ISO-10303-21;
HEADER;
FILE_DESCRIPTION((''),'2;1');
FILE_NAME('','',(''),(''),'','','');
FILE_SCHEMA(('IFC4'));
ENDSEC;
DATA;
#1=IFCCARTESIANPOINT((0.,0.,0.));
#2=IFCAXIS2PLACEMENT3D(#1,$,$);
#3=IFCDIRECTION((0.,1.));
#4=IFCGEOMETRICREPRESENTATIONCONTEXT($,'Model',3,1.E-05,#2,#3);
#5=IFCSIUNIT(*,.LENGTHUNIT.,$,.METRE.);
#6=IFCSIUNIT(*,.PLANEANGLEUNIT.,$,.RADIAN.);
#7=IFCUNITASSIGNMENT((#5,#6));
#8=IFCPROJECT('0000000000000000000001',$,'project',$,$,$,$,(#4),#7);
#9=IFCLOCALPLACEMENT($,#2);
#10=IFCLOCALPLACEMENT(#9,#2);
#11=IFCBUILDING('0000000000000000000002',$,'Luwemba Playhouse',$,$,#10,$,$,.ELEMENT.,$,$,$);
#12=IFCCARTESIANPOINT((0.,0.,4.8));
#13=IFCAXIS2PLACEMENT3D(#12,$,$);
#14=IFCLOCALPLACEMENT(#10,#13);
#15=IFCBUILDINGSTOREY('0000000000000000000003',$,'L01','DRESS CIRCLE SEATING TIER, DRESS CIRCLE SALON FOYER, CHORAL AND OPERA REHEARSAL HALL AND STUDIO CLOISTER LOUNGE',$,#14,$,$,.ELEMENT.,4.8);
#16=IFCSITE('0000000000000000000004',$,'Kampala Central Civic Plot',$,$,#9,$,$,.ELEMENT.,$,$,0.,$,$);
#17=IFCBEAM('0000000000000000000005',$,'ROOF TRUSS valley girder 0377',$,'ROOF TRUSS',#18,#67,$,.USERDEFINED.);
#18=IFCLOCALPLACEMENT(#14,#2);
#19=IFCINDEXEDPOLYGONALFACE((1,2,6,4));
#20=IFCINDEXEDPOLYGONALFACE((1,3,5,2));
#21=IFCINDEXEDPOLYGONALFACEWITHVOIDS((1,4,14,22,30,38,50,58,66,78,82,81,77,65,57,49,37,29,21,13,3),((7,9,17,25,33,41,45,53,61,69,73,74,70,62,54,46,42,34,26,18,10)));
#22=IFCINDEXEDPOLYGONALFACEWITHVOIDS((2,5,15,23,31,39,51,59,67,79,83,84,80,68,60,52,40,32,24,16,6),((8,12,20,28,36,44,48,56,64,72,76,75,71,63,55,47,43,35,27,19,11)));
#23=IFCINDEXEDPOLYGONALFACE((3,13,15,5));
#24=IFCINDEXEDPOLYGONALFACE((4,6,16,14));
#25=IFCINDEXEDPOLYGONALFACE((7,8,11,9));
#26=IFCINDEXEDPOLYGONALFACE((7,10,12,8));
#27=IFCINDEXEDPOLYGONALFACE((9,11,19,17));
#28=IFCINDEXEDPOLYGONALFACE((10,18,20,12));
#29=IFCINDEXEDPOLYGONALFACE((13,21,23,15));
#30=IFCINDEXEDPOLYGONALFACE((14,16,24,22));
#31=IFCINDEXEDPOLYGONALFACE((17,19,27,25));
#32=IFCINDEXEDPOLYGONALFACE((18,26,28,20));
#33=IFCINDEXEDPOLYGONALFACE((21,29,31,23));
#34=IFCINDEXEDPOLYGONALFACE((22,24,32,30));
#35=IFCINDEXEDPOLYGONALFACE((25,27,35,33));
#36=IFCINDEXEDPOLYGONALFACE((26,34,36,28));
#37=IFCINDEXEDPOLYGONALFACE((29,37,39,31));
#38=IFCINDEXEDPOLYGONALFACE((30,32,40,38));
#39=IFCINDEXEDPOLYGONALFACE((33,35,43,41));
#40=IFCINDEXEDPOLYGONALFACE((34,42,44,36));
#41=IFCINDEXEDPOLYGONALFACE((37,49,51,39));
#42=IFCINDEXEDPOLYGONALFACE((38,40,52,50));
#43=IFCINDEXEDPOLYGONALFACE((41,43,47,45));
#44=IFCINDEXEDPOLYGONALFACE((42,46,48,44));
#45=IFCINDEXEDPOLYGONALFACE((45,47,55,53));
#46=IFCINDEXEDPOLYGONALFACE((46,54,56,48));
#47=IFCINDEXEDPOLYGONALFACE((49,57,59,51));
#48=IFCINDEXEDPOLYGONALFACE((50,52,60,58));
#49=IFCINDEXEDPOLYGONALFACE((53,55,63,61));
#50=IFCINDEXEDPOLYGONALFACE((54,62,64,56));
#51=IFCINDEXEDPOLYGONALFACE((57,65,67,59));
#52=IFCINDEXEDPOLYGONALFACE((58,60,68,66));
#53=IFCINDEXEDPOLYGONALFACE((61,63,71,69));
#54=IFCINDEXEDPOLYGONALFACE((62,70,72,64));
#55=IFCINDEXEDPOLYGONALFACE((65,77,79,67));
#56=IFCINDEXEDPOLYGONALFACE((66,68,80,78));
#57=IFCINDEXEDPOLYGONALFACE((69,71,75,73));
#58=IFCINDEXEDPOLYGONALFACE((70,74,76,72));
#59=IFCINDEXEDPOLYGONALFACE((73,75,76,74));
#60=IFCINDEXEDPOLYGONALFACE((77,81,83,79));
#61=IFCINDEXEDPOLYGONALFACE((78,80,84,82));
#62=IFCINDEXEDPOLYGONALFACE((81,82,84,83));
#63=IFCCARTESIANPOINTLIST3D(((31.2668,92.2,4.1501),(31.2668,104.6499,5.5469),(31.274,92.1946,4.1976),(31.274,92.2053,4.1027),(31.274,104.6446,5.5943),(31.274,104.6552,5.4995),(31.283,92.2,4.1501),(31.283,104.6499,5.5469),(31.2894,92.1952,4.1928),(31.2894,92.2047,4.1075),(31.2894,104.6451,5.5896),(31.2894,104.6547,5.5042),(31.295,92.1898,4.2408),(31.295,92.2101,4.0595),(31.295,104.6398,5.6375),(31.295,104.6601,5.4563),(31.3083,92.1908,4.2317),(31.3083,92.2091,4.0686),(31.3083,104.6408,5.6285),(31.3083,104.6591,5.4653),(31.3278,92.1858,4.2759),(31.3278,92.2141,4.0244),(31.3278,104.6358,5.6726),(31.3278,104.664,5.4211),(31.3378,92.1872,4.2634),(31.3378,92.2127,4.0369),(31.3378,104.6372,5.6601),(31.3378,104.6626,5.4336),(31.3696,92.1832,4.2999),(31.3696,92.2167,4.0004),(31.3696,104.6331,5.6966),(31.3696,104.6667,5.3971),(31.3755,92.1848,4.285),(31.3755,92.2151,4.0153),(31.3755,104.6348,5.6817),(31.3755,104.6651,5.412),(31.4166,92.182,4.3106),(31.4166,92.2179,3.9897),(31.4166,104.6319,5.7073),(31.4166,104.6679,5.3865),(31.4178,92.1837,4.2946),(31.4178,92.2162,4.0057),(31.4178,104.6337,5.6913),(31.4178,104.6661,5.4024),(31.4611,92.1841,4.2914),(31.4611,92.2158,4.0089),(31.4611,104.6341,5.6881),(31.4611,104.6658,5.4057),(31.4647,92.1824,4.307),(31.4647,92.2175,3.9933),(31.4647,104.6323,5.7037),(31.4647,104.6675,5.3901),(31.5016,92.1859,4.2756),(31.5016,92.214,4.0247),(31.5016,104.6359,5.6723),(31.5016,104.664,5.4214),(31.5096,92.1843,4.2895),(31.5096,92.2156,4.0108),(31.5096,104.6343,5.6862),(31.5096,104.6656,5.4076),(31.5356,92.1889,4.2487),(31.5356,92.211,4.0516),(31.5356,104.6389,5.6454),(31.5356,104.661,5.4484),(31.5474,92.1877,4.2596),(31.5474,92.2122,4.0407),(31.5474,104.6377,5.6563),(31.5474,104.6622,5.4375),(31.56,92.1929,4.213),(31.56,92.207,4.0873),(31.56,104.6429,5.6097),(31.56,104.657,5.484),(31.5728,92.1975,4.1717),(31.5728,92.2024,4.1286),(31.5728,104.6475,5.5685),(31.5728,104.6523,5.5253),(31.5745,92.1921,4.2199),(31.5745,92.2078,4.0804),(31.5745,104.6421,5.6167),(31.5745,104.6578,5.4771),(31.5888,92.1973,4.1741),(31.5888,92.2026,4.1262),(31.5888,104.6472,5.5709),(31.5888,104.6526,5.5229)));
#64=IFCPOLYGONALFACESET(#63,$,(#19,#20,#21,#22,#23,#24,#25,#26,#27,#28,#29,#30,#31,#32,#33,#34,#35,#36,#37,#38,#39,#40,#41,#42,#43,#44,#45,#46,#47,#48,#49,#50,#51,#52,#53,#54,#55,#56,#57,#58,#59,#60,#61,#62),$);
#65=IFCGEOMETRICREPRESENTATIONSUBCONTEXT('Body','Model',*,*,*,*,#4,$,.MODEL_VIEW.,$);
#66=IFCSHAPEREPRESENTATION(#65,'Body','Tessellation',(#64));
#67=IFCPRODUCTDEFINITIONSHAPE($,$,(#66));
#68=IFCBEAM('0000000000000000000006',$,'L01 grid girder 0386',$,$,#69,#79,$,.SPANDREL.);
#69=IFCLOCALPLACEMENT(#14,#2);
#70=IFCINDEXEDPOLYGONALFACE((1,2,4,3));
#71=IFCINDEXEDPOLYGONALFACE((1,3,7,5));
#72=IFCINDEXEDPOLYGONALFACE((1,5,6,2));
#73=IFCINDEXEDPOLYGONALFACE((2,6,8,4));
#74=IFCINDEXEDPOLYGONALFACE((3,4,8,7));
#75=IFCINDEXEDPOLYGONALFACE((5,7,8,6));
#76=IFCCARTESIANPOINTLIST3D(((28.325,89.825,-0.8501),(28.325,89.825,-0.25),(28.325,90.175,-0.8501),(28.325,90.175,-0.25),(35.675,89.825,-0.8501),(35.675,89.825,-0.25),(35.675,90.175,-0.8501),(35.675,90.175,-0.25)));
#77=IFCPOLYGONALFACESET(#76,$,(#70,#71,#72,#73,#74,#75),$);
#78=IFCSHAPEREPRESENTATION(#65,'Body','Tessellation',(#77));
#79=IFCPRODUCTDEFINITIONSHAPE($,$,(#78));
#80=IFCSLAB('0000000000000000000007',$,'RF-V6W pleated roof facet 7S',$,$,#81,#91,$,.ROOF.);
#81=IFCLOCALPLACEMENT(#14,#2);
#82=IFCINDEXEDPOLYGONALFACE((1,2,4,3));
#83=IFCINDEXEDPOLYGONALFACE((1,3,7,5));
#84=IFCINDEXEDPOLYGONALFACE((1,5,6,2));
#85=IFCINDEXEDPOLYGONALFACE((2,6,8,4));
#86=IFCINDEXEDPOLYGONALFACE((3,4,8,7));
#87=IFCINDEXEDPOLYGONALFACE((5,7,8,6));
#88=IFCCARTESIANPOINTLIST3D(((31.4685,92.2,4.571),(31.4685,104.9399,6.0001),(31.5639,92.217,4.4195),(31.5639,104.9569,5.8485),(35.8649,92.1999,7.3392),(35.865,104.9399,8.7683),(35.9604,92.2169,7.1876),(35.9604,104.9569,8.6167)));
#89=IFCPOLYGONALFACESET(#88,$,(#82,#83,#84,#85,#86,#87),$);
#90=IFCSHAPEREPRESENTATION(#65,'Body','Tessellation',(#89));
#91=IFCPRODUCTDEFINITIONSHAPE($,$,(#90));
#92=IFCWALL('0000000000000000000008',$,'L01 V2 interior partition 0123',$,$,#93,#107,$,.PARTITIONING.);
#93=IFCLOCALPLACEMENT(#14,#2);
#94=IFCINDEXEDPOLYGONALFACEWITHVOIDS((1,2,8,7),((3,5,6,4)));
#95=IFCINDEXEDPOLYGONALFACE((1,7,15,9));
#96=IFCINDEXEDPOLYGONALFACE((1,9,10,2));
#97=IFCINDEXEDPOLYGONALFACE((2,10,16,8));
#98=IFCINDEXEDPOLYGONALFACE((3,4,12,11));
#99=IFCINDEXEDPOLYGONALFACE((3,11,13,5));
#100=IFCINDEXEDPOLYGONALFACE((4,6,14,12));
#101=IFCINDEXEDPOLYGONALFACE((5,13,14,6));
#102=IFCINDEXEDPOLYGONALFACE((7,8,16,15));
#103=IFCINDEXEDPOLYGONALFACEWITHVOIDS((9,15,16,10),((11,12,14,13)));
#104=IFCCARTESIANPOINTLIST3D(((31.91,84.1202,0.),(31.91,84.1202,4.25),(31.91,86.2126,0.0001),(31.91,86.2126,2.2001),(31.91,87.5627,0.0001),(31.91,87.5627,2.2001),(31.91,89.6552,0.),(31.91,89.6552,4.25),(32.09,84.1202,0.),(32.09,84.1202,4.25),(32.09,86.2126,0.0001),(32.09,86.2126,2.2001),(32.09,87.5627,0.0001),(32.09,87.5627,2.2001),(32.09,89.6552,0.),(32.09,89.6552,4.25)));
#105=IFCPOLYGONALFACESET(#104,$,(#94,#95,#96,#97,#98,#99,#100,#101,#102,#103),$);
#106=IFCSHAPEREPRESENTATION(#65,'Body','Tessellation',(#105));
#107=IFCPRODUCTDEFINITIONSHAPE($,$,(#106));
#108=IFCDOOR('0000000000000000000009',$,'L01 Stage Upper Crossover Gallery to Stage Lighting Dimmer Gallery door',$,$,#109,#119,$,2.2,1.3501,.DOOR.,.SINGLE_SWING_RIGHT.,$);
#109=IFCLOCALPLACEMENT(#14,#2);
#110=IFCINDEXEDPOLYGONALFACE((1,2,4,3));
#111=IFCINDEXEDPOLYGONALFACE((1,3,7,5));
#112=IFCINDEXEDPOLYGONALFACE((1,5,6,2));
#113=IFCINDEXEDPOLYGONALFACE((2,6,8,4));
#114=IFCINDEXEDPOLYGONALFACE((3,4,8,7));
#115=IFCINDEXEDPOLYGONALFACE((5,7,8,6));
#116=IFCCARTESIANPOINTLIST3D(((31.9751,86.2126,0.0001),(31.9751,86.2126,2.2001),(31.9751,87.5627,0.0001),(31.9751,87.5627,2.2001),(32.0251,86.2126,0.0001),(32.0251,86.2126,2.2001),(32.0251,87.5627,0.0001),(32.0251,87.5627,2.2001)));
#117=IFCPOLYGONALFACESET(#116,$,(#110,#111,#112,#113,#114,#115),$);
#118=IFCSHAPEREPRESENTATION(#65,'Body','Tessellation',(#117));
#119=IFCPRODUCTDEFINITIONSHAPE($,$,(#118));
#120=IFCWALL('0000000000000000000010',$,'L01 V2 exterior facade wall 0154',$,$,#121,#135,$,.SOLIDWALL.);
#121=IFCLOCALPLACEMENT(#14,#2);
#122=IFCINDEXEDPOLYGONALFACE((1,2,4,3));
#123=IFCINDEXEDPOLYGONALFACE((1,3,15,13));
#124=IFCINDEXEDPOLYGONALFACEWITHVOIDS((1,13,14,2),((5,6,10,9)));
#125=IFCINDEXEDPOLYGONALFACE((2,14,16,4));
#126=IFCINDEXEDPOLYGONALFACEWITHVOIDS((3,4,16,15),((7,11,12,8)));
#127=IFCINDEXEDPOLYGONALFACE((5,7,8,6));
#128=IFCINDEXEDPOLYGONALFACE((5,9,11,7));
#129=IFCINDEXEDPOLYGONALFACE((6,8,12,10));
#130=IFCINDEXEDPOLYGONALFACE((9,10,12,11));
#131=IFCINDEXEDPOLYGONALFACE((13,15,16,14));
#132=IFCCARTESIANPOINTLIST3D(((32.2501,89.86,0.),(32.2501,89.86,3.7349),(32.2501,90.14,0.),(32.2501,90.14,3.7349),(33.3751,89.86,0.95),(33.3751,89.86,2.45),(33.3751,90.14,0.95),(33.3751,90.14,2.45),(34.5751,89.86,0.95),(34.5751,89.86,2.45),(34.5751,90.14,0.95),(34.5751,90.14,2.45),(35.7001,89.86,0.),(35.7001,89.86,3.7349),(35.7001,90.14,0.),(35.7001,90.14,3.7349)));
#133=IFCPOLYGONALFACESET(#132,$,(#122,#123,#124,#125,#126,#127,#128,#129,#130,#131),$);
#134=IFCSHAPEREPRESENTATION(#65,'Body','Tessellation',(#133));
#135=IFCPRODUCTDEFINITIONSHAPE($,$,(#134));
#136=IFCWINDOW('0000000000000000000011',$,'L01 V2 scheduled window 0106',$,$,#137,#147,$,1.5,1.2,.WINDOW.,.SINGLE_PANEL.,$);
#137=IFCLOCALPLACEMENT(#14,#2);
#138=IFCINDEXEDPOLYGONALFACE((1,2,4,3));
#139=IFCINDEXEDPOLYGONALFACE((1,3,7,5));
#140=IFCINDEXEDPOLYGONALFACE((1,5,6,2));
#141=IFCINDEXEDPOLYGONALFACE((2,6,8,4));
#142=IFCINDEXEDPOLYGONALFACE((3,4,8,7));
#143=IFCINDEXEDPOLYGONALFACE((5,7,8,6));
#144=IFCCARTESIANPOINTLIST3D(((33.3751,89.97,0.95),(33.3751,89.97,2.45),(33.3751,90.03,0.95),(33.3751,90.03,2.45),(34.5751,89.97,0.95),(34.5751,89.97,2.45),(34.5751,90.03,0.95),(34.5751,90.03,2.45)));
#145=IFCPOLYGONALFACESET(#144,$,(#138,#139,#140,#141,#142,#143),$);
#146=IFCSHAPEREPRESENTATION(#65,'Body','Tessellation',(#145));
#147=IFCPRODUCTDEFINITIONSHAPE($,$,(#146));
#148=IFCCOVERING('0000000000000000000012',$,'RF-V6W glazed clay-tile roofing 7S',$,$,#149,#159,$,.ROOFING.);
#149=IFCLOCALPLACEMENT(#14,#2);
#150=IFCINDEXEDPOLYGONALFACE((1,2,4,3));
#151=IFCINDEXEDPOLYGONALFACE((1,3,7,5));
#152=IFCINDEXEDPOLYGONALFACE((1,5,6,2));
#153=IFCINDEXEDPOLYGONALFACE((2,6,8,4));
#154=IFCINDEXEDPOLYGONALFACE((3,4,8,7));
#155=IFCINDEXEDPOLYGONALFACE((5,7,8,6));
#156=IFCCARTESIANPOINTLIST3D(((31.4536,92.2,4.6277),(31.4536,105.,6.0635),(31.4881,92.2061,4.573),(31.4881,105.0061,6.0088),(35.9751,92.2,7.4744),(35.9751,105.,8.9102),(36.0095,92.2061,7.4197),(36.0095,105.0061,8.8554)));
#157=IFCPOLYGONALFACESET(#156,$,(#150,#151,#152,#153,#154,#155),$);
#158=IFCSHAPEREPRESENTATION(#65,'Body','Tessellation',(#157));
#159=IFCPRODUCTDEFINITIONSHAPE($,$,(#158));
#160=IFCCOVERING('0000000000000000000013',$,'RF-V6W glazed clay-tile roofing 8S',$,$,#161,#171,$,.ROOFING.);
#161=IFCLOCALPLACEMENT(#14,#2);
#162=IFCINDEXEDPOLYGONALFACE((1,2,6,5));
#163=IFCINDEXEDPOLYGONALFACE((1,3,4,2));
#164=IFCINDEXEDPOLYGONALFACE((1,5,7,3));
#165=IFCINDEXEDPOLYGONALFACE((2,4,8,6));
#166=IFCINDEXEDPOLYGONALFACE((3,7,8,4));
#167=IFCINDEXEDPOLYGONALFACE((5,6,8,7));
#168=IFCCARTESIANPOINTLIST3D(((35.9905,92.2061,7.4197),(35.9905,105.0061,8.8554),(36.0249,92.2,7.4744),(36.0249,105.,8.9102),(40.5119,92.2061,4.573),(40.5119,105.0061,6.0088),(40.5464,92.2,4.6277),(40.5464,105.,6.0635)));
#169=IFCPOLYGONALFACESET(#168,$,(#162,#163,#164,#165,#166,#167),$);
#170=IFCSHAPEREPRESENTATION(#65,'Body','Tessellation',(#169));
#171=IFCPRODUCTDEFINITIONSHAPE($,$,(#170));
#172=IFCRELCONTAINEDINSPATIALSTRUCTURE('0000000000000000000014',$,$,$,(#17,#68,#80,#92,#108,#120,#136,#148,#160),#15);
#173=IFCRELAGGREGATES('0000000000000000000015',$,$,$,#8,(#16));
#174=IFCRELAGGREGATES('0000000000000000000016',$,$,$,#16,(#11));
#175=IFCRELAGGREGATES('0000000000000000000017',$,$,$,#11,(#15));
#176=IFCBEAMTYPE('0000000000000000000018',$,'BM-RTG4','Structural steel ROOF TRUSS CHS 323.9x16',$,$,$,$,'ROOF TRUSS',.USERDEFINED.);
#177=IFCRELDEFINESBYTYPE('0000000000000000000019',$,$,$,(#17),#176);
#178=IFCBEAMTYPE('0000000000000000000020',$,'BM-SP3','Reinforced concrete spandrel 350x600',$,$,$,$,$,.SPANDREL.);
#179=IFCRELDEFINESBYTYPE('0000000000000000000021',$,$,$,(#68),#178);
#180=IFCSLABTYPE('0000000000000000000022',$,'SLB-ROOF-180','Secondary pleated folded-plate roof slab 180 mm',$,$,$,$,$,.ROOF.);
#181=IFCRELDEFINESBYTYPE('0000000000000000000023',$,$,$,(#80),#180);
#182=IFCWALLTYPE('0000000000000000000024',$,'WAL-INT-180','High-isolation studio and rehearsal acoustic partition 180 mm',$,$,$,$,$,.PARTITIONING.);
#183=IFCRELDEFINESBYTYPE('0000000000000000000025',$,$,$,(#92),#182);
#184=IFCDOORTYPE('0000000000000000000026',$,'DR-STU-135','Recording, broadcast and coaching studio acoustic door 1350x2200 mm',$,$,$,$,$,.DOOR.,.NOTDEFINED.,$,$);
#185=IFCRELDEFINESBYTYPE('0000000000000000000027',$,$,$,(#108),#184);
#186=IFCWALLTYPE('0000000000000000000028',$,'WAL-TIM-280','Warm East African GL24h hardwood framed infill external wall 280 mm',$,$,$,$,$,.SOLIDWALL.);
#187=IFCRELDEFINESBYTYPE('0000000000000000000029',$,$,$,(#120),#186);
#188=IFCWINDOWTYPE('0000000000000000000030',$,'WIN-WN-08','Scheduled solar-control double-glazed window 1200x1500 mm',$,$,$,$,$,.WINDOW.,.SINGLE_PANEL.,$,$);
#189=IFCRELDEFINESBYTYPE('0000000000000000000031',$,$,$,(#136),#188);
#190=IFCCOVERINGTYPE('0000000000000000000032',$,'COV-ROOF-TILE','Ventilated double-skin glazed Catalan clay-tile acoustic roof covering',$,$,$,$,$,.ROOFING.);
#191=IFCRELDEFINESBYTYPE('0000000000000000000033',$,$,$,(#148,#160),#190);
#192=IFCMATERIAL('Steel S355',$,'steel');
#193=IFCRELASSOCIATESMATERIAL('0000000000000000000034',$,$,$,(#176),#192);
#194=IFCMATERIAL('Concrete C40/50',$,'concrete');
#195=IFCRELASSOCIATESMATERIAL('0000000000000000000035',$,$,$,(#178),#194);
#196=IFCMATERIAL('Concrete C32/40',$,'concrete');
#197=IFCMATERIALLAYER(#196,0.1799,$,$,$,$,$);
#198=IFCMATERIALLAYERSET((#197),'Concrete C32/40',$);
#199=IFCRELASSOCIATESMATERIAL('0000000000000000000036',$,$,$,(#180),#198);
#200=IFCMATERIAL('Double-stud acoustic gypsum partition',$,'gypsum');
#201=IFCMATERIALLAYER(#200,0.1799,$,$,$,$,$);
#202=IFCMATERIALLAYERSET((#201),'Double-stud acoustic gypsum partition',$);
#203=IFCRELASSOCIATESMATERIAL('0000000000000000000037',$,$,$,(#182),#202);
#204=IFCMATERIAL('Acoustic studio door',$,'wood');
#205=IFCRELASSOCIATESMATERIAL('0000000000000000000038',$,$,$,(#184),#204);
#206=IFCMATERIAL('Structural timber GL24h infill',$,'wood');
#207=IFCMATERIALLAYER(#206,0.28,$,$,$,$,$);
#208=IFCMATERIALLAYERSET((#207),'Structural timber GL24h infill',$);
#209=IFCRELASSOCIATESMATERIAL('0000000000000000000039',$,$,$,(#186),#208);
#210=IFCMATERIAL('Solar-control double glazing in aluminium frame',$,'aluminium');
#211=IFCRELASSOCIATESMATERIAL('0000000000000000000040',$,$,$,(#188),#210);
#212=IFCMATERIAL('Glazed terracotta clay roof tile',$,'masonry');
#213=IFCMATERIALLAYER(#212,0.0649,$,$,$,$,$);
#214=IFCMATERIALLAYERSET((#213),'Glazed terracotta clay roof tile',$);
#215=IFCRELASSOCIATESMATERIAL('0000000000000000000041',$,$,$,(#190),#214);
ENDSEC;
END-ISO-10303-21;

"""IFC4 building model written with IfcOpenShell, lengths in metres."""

from ifc_helpers import new_model, si_unit, direction, frame, frame_2d, origin, origin_2d, place, context, subcontext, project, spatial, polyline, rectangle, hollow_circle, outline, extrude, material, layer, layer_set, material_profile, profile_set, type_object, element, fill, save


model = new_model("IFC4")

# Units and contexts
model_context = context("Model", 3, precision=1e-05, world=origin(), true_north=direction((0.0, 1.0)))
body_context = subcontext(model_context, "Body", "Model", "MODEL_VIEW")
ifc_project = project(units=[si_unit("LENGTHUNIT", "METRE"), si_unit("PLANEANGLEUNIT", "RADIAN")], contexts=[model_context])

# Site, building, storey
site_placement = place(None, origin())
site = spatial("IfcSite", under=ifc_project, at=site_placement, Name="Kampala Central Civic Plot", CompositionType="ELEMENT", RefElevation=0.0)
building_placement = place(site_placement, origin())
building = spatial("IfcBuilding", under=site, at=building_placement, Name="Luwemba Playhouse", CompositionType="ELEMENT")
storey_placement = place(building_placement, frame((0.0, 0.0, 4.8)))
storey = spatial("IfcBuildingStorey", under=building, at=storey_placement, Name="L01", Description="DRESS CIRCLE SEATING TIER, DRESS CIRCLE SALON FOYER, CHORAL AND OPERA REHEARSAL HALL AND STUDIO CLOISTER LOUNGE", CompositionType="ELEMENT", Elevation=4.8)

# Shared definitions
ifc_material_1 = material(Name="Concrete C40/50", Category="concrete")

# Beams
ifc_material_2 = material(Name="Steel S355", Category="steel")
ifc_material_profile_1 = material_profile(ifc_material_2, hollow_circle(Radius=0.1619, WallThickness=0.0161, at=origin_2d()))
ifc_profile_set_1 = profile_set([ifc_material_profile_1], Name="Steel S355")
beam_type_1 = type_object("IfcBeamType", Name="BM-RTG4", Description="Structural steel ROOF TRUSS CHS 323.9x16", ElementType="ROOF TRUSS", PredefinedType="USERDEFINED", material=ifc_profile_set_1)
beam_1_placement = place(storey_placement, frame((31.4287, 92.2, 4.1501), z_axis=(0.0, 0.993766, 0.111488), x_axis=(-1.0, 0.0, 0.0)))
element("IfcBeam", 1, at=beam_1_placement, inside=storey, type_object=beam_type_1, Name="ROOF TRUSS valley girder 0377", ObjectType="ROOF TRUSS", PredefinedType="USERDEFINED", context=body_context, shape_type="SweptSolid", body=[
    extrude(hollow_circle(Radius=0.1619, WallThickness=0.0161, at=origin_2d()), origin(), (0.0, 0.0, 1.0), 12.5281),
])
ifc_material_profile_2 = material_profile(ifc_material_1, rectangle(XDim=0.3501, YDim=0.6001, at=origin_2d()))
ifc_profile_set_2 = profile_set([ifc_material_profile_2], Name="Concrete C40/50")
beam_type_2 = type_object("IfcBeamType", Name="BM-SP3", Description="Reinforced concrete spandrel 350x600", PredefinedType="SPANDREL", material=ifc_profile_set_2)
beam_2_placement = place(storey_placement, frame((28.325, 90.0, -0.55), z_axis=(1.0, 0.0, 0.0), x_axis=(0.0, 1.0, 0.0)))
element("IfcBeam", 2, at=beam_2_placement, inside=storey, type_object=beam_type_2, Name="L01 grid girder 0386", PredefinedType="SPANDREL", context=body_context, shape_type="SweptSolid", body=[
    extrude(rectangle(XDim=0.3501, YDim=0.6001, at=origin_2d()), origin(), (0.0, 0.0, 1.0), 7.3501),
])

# Slab
ifc_material_3 = material(Name="Concrete C32/40", Category="concrete")
ifc_layer_1 = layer(ifc_material_3, 0.1799)
ifc_layer_set_1 = layer_set([ifc_layer_1], Name="Concrete C32/40")
slab_type = type_object("IfcSlabType", Name="SLB-ROOF-180", Description="Secondary pleated folded-plate roof slab 180 mm", PredefinedType="ROOF", material=ifc_layer_set_1)
slab_placement = place(storey_placement, frame((31.4685, 92.2, 4.571), z_axis=(-0.530433, -0.094499, 0.842443), x_axis=(0.84623, -0.000002, 0.532817)))
element("IfcSlab", 3, at=slab_placement, inside=storey, type_object=slab_type, Name="RF-V6W pleated roof facet 7S", PredefinedType="ROOF", context=body_context, shape_type="SweptSolid", body=[
    extrude(outline(polyline([(0.0, 0.0), (5.1953, 0.0), (5.9568, 12.7973), (0.7613, 12.7973), (0.0, 0.0)])), origin(), (0.0, 0.0, -1.0), 0.1799),
])

# Wall, opening, door
ifc_material_4 = material(Name="Double-stud acoustic gypsum partition", Category="gypsum")
ifc_layer_2 = layer(ifc_material_4, 0.1799)
ifc_layer_set_2 = layer_set([ifc_layer_2], Name="Double-stud acoustic gypsum partition")
wall_type_1 = type_object("IfcWallType", Name="WAL-INT-180", Description="High-isolation studio and rehearsal acoustic partition 180 mm", PredefinedType="PARTITIONING", material=ifc_layer_set_2)
wall_1_placement = place(storey_placement, frame((32.0, 84.1201, 0.0), z_axis=(0.0, 0.0, 1.0), x_axis=(0.0, 1.0, 0.0)))
wall_1 = element("IfcWall", 4, at=wall_1_placement, inside=storey, type_object=wall_type_1, Name="L01 V2 interior partition 0123", PredefinedType="PARTITIONING", context=body_context, shape_type="SweptSolid", body=[
    extrude(rectangle(XDim=5.5349, YDim=0.1799, at=frame_2d((2.7676, 0.0))), origin(), (0.0, 0.0, 1.0), 4.25),
])
opening_1_placement = place(wall_1_placement, frame((2.0925, 0.0, 0.0)))
opening_1 = element("IfcOpeningElement", 5, at=opening_1_placement, cuts=wall_1, PredefinedType="OPENING", context=body_context, shape_type="SweptSolid", body=[
    extrude(rectangle(XDim=1.3501, YDim=2.2, at=frame_2d((0.675, 1.1001))), frame((0.0, 0.0999, 0.0), z_axis=(0.0, -1.0, 0.0), x_axis=(1.0, 0.0, 0.0)), (0.0, 0.0, 1.0), 0.2),
])
ifc_material_5 = material(Name="Acoustic studio door", Category="wood")
door_type = type_object("IfcDoorType", Name="DR-STU-135", Description="Recording, broadcast and coaching studio acoustic door 1350x2200 mm", OperationType="NOTDEFINED", PredefinedType="DOOR", material=ifc_material_5)
door_placement = place(opening_1_placement, origin())
door = element("IfcDoor", 6, at=door_placement, inside=storey, type_object=door_type, Name="L01 Stage Upper Crossover Gallery to Stage Lighting Dimmer Gallery door", OperationType="SINGLE_SWING_RIGHT", OverallHeight=2.2, OverallWidth=1.3501, PredefinedType="DOOR", context=body_context, shape_type="SweptSolid", body=[
    extrude(rectangle(XDim=1.3501, YDim=2.2, at=frame_2d((0.675, 1.1001))), frame((0.0, 0.0249, 0.0), z_axis=(0.0, -1.0, 0.0), x_axis=(1.0, 0.0, 0.0)), (0.0, 0.0, 1.0), 0.05),
])
fill(opening_1, door)

# Wall, opening, window
ifc_material_6 = material(Name="Structural timber GL24h infill", Category="wood")
ifc_layer_3 = layer(ifc_material_6, 0.28)
ifc_layer_set_3 = layer_set([ifc_layer_3], Name="Structural timber GL24h infill")
wall_type_2 = type_object("IfcWallType", Name="WAL-TIM-280", Description="Warm East African GL24h hardwood framed infill external wall 280 mm", PredefinedType="SOLIDWALL", material=ifc_layer_set_3)
wall_2_placement = place(storey_placement, frame((32.25, 90.0, 0.0), z_axis=(0.0, 0.0, 1.0), x_axis=(1.0, 0.0, 0.0)))
wall_2 = element("IfcWall", 7, at=wall_2_placement, inside=storey, type_object=wall_type_2, Name="L01 V2 exterior facade wall 0154", PredefinedType="SOLIDWALL", context=body_context, shape_type="SweptSolid", body=[
    extrude(rectangle(XDim=3.45, YDim=0.28, at=frame_2d((1.7251, 0.0))), origin(), (0.0, 0.0, 1.0), 3.7349),
])
opening_2_placement = place(wall_2_placement, frame((1.125, 0.0, 0.95)))
opening_2 = element("IfcOpeningElement", 8, at=opening_2_placement, cuts=wall_2, PredefinedType="OPENING", context=body_context, shape_type="SweptSolid", body=[
    extrude(rectangle(XDim=1.2, YDim=1.5, at=frame_2d((0.6001, 0.75))), frame((0.0, 0.1499, 0.0), z_axis=(0.0, -1.0, 0.0), x_axis=(1.0, 0.0, 0.0)), (0.0, 0.0, 1.0), 0.3),
])
ifc_material_7 = material(Name="Solar-control double glazing in aluminium frame", Category="aluminium")
window_type = type_object("IfcWindowType", Name="WIN-WN-08", Description="Scheduled solar-control double-glazed window 1200x1500 mm", PartitioningType="SINGLE_PANEL", PredefinedType="WINDOW", material=ifc_material_7)
window_placement = place(opening_2_placement, origin())
window = element("IfcWindow", 9, at=window_placement, inside=storey, type_object=window_type, Name="L01 V2 scheduled window 0106", OverallHeight=1.5, OverallWidth=1.2, PartitioningType="SINGLE_PANEL", PredefinedType="WINDOW", context=body_context, shape_type="SweptSolid", body=[
    extrude(rectangle(XDim=1.2, YDim=1.5, at=frame_2d((0.6001, 0.75))), frame((0.0, 0.03, 0.0), z_axis=(0.0, -1.0, 0.0), x_axis=(1.0, 0.0, 0.0)), (0.0, 0.0, 1.0), 0.0601),
])
fill(opening_2, window)

# Coverings
ifc_material_8 = material(Name="Glazed terracotta clay roof tile", Category="masonry")
ifc_layer_4 = layer(ifc_material_8, 0.0649)
ifc_layer_set_4 = layer_set([ifc_layer_4], Name="Glazed terracotta clay roof tile")
covering_type = type_object("IfcCoveringType", Name="COV-ROOF-TILE", Description="Ventilated double-skin glazed Catalan clay-tile acoustic roof covering", PredefinedType="ROOFING", material=ifc_layer_set_4)
covering_1_placement = place(storey_placement, frame((31.4536, 92.2, 4.6277), z_axis=(-0.530405, -0.094499, 0.842461), x_axis=(0.846248, 0.0, 0.532789)))
element("IfcCovering", 10, at=covering_1_placement, inside=storey, type_object=covering_type, Name="RF-V6W glazed clay-tile roofing 7S", PredefinedType="ROOFING", context=body_context, shape_type="SweptSolid", body=[
    extrude(outline(polyline([(0.0, 0.0), (5.343, 0.0), (6.108, 12.8576), (0.765, 12.8576), (0.0, 0.0)])), origin(), (0.0, 0.0, -1.0), 0.0649),
])
covering_2_placement = place(storey_placement, frame((36.0249, 92.2, 7.4744), z_axis=(0.530405, -0.094499, 0.842461), x_axis=(0.846248, 0.0, -0.532789)))
element("IfcCovering", 11, at=covering_2_placement, inside=storey, type_object=covering_type, Name="RF-V6W glazed clay-tile roofing 8S", PredefinedType="ROOFING", context=body_context, shape_type="SweptSolid", body=[
    extrude(outline(polyline([(0.0, 0.0), (5.343, 0.0), (4.578, 12.8576), (-0.765, 12.8576), (0.0, 0.0)])), origin(), (0.0, 0.0, -1.0), 0.0649),
])

save(model, "model.ifc")
